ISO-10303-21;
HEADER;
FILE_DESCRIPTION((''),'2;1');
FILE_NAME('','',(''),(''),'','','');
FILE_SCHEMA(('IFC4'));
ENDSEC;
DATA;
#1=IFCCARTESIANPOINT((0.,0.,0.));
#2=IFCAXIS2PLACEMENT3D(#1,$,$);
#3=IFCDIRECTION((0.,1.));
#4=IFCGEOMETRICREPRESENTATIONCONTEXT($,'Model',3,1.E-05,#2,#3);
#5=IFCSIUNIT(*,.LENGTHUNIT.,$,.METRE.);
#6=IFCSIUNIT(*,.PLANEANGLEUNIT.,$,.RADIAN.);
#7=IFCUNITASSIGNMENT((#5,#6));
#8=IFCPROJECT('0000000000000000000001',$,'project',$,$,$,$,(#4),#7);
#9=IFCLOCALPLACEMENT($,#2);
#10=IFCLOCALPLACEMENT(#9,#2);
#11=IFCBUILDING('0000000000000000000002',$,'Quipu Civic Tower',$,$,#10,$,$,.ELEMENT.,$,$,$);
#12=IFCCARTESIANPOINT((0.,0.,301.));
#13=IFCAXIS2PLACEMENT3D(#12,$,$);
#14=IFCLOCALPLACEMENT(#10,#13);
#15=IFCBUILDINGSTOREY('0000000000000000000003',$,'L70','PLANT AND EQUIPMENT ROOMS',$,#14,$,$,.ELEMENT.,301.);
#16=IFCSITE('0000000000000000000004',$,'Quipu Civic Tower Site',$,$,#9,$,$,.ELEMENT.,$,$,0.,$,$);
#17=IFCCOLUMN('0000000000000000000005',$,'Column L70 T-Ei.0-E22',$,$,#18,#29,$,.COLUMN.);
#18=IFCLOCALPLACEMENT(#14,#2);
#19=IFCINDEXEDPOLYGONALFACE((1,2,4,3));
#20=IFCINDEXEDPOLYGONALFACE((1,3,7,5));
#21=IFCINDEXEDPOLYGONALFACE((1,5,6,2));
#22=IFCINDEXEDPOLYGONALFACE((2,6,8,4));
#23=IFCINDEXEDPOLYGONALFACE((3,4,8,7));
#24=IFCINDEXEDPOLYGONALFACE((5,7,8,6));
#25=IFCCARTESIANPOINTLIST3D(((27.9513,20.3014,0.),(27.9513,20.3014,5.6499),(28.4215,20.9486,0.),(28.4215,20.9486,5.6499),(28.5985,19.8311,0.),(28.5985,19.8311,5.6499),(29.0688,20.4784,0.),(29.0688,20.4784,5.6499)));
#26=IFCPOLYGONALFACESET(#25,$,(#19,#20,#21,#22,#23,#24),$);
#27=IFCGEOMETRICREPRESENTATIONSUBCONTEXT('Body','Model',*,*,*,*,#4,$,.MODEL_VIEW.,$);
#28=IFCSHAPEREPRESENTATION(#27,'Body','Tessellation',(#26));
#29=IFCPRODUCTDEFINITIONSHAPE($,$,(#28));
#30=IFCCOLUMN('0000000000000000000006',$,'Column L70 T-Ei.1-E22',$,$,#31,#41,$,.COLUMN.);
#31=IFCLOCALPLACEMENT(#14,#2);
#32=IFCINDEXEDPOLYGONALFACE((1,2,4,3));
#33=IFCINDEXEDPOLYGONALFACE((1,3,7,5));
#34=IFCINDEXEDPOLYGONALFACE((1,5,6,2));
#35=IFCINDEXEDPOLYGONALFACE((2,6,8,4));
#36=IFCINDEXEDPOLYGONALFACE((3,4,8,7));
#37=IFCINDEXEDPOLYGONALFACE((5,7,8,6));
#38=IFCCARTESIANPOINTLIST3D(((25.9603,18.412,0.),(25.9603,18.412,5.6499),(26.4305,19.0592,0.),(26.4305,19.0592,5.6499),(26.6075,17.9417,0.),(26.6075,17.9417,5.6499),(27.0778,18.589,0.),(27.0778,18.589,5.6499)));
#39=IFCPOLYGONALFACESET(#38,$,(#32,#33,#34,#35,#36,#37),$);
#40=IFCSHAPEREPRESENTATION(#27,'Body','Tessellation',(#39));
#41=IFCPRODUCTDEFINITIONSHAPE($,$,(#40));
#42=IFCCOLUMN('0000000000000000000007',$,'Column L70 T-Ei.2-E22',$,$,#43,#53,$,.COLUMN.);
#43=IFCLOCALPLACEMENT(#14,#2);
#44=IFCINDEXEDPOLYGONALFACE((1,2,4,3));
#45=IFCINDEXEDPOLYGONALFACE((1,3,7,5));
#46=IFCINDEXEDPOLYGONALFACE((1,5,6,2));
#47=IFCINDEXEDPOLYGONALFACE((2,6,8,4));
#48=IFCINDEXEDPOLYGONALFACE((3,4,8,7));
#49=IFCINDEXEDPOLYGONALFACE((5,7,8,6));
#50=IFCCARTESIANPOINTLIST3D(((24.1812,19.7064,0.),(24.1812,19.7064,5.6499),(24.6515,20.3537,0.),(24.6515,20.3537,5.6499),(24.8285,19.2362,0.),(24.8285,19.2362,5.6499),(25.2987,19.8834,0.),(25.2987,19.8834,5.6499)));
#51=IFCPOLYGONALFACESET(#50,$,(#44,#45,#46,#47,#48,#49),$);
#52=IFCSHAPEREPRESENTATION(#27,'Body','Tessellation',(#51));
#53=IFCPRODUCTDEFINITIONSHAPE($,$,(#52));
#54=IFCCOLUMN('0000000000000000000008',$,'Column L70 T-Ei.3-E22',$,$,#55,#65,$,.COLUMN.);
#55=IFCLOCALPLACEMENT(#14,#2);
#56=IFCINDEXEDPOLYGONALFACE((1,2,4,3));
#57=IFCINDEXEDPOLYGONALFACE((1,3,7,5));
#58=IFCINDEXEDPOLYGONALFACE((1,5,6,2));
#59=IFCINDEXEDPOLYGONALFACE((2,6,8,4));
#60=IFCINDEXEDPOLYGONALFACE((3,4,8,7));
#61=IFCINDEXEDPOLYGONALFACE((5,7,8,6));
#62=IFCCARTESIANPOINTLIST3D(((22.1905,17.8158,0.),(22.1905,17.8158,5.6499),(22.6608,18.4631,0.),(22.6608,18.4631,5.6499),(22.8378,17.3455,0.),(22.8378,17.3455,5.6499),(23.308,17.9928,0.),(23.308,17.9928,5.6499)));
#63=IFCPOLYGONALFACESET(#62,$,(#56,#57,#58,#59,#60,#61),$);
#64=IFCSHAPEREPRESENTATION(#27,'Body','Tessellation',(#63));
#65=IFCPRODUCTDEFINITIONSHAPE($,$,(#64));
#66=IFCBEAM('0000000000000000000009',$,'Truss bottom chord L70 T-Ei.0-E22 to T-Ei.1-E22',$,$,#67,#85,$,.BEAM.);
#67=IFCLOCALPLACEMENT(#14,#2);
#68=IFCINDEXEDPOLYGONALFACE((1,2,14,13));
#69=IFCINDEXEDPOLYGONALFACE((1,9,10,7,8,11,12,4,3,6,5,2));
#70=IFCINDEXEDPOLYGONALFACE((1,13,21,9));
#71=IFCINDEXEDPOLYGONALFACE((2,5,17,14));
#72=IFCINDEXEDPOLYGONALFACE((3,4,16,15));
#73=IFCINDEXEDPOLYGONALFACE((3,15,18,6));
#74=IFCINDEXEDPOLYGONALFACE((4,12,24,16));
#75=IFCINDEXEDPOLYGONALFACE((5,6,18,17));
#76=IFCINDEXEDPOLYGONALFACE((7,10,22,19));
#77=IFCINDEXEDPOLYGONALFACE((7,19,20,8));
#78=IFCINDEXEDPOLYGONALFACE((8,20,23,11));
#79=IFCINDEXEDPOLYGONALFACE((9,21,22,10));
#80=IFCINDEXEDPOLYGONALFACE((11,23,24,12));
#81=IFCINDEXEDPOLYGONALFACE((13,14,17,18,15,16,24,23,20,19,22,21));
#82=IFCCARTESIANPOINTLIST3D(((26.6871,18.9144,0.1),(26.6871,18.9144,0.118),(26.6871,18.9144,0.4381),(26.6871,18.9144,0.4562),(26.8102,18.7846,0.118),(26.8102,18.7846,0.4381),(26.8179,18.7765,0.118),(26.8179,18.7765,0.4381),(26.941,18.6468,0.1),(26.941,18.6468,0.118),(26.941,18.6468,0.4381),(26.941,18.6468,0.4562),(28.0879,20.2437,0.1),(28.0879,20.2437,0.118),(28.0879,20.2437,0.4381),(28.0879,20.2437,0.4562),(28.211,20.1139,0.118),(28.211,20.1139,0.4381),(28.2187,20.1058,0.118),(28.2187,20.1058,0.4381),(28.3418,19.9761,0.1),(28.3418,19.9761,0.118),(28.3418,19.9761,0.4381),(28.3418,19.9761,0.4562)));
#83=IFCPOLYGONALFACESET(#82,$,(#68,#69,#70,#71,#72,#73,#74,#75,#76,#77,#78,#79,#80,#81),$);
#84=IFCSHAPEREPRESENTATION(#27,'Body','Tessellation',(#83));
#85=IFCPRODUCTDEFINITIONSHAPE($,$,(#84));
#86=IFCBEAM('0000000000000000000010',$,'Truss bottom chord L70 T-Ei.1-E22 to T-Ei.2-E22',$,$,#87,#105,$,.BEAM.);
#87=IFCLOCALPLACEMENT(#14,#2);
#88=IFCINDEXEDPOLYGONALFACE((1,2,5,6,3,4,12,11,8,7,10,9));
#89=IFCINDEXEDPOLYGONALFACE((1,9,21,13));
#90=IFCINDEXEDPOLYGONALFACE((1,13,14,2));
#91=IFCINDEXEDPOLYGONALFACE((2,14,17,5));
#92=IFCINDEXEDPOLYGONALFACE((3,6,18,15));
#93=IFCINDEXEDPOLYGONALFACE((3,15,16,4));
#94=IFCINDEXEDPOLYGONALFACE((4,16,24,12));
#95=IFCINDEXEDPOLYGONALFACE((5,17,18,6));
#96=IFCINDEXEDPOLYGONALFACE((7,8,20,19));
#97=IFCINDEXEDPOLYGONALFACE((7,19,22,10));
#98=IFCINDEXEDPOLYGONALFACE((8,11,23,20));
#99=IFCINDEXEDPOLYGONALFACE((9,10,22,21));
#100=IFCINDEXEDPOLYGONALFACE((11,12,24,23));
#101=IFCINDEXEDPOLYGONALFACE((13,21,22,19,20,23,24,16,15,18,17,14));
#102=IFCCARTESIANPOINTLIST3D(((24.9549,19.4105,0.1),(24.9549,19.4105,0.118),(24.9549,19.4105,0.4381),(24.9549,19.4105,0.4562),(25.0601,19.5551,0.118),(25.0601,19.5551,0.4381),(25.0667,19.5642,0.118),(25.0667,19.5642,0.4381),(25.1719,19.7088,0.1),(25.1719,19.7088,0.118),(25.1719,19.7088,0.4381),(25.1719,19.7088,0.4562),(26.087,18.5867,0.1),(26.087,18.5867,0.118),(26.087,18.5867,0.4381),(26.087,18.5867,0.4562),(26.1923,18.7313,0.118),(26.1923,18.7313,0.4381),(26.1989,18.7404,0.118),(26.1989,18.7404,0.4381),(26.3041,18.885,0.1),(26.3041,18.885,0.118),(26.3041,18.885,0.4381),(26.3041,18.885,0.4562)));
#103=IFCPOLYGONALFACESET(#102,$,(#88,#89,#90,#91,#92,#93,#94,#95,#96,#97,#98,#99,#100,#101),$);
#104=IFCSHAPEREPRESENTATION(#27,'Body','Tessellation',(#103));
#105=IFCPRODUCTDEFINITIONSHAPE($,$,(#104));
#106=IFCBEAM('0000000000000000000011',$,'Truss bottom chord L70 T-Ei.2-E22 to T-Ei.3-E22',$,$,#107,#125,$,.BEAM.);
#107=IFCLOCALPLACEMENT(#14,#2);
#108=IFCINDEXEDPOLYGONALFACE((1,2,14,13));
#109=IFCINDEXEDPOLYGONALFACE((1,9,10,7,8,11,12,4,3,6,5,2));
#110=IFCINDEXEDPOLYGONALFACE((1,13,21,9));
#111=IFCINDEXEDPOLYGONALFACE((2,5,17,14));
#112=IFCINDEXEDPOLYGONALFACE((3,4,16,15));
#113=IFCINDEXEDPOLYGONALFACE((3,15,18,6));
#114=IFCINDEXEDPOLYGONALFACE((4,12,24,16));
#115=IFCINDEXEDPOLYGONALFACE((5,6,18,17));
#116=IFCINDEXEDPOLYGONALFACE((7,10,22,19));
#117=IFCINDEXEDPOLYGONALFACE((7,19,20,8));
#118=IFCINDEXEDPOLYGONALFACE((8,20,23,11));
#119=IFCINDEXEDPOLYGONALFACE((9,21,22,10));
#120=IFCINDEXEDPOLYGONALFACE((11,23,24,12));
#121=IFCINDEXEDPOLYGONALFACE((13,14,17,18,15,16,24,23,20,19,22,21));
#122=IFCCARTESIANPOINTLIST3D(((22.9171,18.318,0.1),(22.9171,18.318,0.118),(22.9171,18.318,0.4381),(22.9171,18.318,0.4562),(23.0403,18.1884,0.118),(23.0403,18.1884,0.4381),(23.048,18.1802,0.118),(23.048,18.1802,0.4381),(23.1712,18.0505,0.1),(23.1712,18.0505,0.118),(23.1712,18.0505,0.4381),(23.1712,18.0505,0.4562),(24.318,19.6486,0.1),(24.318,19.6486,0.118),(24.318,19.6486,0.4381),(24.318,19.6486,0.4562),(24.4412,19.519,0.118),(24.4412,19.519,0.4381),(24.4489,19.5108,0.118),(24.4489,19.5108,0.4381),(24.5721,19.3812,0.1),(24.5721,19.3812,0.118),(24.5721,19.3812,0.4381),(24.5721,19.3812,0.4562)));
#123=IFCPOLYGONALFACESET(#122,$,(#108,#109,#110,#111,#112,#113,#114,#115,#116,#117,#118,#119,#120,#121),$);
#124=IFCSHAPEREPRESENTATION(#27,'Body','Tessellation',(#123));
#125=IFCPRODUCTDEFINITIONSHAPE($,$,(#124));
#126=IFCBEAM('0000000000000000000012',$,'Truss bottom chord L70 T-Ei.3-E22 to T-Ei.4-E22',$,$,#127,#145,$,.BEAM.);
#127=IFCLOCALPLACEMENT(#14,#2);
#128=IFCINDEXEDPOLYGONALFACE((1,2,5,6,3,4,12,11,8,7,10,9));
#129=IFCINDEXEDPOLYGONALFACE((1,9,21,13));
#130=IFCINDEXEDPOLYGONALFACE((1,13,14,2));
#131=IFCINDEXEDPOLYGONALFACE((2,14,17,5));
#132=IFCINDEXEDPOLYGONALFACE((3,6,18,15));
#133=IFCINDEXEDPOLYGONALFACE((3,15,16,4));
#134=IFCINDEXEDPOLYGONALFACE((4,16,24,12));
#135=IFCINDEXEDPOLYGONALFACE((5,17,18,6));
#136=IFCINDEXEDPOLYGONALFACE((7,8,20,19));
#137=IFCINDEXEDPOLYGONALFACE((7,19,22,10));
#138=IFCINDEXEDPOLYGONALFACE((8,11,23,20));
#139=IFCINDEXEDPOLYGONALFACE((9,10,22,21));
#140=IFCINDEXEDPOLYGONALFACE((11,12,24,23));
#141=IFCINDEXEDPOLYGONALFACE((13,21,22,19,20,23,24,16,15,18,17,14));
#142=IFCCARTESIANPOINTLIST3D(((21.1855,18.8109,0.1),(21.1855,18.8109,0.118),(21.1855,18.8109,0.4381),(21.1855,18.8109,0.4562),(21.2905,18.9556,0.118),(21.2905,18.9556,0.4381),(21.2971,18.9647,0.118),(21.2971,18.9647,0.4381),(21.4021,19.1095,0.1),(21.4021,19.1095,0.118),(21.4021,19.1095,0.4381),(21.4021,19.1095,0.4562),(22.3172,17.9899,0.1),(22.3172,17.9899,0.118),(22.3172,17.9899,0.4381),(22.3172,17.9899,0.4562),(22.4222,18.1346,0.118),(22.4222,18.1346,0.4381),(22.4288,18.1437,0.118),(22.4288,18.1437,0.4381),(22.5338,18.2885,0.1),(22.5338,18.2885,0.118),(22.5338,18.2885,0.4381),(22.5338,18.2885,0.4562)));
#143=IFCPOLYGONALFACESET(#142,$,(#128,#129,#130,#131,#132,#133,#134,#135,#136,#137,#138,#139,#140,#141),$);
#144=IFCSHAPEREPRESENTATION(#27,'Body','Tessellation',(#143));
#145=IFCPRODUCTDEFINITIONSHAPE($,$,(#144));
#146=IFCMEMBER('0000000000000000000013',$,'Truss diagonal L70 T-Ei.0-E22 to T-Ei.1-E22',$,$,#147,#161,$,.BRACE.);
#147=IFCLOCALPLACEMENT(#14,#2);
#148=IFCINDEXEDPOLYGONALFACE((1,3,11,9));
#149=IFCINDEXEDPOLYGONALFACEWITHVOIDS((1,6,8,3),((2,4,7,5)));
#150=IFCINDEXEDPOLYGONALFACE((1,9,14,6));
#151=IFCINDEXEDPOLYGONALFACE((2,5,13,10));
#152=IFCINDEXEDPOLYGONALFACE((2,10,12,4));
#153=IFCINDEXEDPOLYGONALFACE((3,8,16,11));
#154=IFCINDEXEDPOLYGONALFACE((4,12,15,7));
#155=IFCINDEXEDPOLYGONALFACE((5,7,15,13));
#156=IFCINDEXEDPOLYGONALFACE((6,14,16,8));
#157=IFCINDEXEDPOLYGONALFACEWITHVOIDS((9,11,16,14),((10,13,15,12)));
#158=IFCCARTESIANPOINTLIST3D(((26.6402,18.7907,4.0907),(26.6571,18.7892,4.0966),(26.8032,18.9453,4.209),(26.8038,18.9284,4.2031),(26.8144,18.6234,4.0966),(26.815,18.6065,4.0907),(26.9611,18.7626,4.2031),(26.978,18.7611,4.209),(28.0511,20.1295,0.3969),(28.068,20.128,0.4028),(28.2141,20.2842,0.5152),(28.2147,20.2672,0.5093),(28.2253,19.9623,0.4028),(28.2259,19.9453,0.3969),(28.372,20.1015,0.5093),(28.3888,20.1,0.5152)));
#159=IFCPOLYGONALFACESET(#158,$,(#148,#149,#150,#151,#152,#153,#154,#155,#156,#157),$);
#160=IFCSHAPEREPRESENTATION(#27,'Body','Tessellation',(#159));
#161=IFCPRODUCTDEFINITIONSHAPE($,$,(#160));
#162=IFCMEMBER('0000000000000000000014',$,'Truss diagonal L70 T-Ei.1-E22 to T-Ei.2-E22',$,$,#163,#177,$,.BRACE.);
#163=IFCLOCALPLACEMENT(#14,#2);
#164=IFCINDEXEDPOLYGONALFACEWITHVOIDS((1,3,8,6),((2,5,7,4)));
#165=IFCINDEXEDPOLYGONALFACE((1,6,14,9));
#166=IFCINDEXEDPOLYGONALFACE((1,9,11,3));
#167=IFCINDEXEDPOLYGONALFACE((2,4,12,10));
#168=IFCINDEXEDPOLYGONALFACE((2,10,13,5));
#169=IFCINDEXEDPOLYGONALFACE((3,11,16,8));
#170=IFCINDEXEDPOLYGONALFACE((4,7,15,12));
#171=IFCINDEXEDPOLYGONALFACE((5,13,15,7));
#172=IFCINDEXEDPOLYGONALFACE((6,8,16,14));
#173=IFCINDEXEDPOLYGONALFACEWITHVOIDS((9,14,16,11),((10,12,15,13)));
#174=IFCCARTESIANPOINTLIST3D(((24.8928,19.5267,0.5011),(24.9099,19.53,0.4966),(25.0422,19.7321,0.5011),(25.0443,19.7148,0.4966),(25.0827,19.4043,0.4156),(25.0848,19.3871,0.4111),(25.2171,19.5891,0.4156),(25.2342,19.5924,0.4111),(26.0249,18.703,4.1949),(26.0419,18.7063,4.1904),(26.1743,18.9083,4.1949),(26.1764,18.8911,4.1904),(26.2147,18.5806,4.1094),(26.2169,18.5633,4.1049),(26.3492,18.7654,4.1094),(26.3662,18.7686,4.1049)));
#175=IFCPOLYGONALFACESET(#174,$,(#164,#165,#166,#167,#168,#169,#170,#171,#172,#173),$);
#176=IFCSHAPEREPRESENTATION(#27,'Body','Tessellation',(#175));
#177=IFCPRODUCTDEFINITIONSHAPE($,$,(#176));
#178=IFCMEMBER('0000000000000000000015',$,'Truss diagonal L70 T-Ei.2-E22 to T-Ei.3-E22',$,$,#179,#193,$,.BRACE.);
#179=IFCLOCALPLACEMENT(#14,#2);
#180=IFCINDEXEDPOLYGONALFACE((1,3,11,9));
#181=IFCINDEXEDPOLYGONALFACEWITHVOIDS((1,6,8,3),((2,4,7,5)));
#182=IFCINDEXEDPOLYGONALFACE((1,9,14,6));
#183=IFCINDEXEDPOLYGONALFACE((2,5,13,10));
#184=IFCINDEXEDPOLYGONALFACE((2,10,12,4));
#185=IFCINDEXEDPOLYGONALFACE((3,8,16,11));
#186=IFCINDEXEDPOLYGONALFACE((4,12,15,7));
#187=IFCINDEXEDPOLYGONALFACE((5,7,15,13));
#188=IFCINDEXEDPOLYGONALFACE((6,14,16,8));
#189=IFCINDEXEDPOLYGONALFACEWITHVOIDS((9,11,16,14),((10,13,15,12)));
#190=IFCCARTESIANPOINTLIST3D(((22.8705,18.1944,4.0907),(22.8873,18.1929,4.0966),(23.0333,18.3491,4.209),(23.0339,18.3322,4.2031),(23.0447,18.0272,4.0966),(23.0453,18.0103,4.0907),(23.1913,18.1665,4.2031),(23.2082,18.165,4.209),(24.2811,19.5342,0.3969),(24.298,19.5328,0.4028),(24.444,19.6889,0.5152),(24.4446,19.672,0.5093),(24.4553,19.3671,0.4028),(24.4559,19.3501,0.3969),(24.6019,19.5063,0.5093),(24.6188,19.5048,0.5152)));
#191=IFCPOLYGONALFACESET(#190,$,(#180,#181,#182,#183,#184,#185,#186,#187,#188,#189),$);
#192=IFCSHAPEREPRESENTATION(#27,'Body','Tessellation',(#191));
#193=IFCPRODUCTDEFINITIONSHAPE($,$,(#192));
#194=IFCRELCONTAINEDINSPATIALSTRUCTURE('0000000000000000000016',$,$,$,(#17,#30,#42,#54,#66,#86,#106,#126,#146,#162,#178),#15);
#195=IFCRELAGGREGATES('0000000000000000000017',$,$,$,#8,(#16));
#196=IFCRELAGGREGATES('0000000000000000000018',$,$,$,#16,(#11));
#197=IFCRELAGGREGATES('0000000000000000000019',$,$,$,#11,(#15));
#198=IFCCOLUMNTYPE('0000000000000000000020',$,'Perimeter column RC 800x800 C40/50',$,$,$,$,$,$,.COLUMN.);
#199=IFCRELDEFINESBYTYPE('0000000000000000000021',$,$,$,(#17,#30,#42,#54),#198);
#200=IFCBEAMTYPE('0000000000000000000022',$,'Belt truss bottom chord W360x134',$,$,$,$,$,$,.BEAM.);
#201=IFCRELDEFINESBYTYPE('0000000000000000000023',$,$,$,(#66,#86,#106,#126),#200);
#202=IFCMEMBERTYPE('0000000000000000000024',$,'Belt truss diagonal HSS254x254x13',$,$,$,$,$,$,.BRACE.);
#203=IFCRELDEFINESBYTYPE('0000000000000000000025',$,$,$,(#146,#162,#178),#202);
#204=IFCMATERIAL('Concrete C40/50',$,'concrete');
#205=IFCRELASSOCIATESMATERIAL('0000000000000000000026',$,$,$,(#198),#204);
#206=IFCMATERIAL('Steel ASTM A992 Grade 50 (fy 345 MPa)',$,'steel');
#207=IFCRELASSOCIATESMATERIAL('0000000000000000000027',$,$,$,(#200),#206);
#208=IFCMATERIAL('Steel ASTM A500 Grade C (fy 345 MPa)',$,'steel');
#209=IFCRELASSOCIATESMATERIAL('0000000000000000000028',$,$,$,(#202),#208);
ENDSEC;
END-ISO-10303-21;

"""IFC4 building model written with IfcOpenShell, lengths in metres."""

from ifc_helpers import new_model, si_unit, direction, frame, origin, origin_2d, place, context, subcontext, project, spatial, rectangle, hollow_rectangle, i_section, extrude, material, material_profile, profile_set, type_object, element, save


model = new_model("IFC4")

# Units and contexts
model_context = context("Model", 3, precision=1e-05, world=origin(), true_north=direction((0.0, 1.0)))
body_context = subcontext(model_context, "Body", "Model", "MODEL_VIEW")
ifc_project = project(units=[si_unit("LENGTHUNIT", "METRE"), si_unit("PLANEANGLEUNIT", "RADIAN")], contexts=[model_context])

# Site, building, storey
site_placement = place(None, origin())
site = spatial("IfcSite", under=ifc_project, at=site_placement, Name="Quipu Civic Tower Site", CompositionType="ELEMENT", RefElevation=0.0)
building_placement = place(site_placement, origin())
building = spatial("IfcBuilding", under=site, at=building_placement, Name="Quipu Civic Tower", CompositionType="ELEMENT")
storey_placement = place(building_placement, frame((0.0, 0.0, 301.0)))
storey = spatial("IfcBuildingStorey", under=building, at=storey_placement, Name="L70", Description="PLANT AND EQUIPMENT ROOMS", CompositionType="ELEMENT", Elevation=301.0)

# Columns
ifc_material_1 = material(Name="Concrete C40/50", Category="concrete")
ifc_material_profile_1 = material_profile(ifc_material_1, rectangle(XDim=0.8, YDim=0.8, at=origin_2d()), Name="RC800x800")
ifc_profile_set_1 = profile_set([ifc_material_profile_1], Name="Concrete C40/50")
column_type = type_object("IfcColumnType", Name="Perimeter column RC 800x800 C40/50", PredefinedType="COLUMN", material=ifc_profile_set_1)
for number, where, z_axis, x_axis, name in (
    (1, (28.51, 20.3899, 0.0), (0.0, 0.0, 1.0), (-0.587785, -0.809017, 0.0), "Column L70 T-Ei.0-E22"),
    (2, (26.519, 18.5005, 0.0), (0.0, 0.0, 1.0), (-0.809017, 0.587785, 0.0), "Column L70 T-Ei.1-E22"),
    (3, (24.74, 19.7949, 0.0), (0.0, 0.0, 1.0), (-0.587785, -0.809017, 0.0), "Column L70 T-Ei.2-E22"),
    (4, (22.7493, 17.9043, 0.0), (0.0, 0.0, 1.0), (-0.587785, -0.809017, 0.0), "Column L70 T-Ei.3-E22"),
):
    element("IfcColumn", number, at=place(storey_placement, frame(where, z_axis=z_axis, x_axis=x_axis)), inside=storey, type_object=column_type, Name=name, PredefinedType="COLUMN", context=body_context, shape_type="SweptSolid", body=[
        extrude(rectangle(XDim=0.8, YDim=0.8, at=origin_2d()), origin(), (0.0, 0.0, 1.0), 5.6499),
    ])

# Beams
ifc_material_2 = material(Name="Steel ASTM A992 Grade 50 (fy 345 MPa)", Category="steel")
ifc_material_profile_2 = material_profile(ifc_material_2, i_section(OverallWidth=0.3689, OverallDepth=0.3562, WebThickness=0.0112, FlangeThickness=0.0181, at=origin_2d()), Name="W360x134")
ifc_profile_set_2 = profile_set([ifc_material_profile_2], Name="Steel ASTM A992 Grade 50 (fy 345 MPa)")
beam_type_1 = type_object("IfcBeamType", Name="Belt truss bottom chord W360x134", PredefinedType="BEAM", material=ifc_profile_set_2)
beam_1_placement = place(storey_placement, frame((28.2148, 20.1099, 0.2781), z_axis=(-0.725384, -0.688344, 0.0), x_axis=(0.688344, -0.725384, 0.0)))
element("IfcBeam", 5, at=beam_1_placement, inside=storey, type_object=beam_type_1, Name="Truss bottom chord L70 T-Ei.0-E22 to T-Ei.1-E22", PredefinedType="BEAM", context=body_context, shape_type="SweptSolid", body=[
    extrude(i_section(OverallWidth=0.3689, OverallDepth=0.3562, WebThickness=0.0112, FlangeThickness=0.0181, at=origin_2d()), origin(), (0.0, 0.0, 1.0), 1.9312),
])
beam_2_placement = place(storey_placement, frame((26.1956, 18.7358, 0.2781), z_axis=(-0.8086, 0.588358, 0.0), x_axis=(-0.588358, -0.8086, 0.0)))
element("IfcBeam", 6, at=beam_2_placement, inside=storey, type_object=beam_type_1, Name="Truss bottom chord L70 T-Ei.1-E22 to T-Ei.2-E22", PredefinedType="BEAM", context=body_context, shape_type="SweptSolid", body=[
    extrude(i_section(OverallWidth=0.3689, OverallDepth=0.3562, WebThickness=0.0112, FlangeThickness=0.0181, at=origin_2d()), origin(), (0.0, 0.0, 1.0), 1.4001),
])
beam_3_placement = place(storey_placement, frame((24.4451, 19.5149, 0.2781), z_axis=(-0.725069, -0.688676, 0.0), x_axis=(0.688676, -0.725069, 0.0)))
element("IfcBeam", 7, at=beam_3_placement, inside=storey, type_object=beam_type_1, Name="Truss bottom chord L70 T-Ei.2-E22 to T-Ei.3-E22", PredefinedType="BEAM", context=body_context, shape_type="SweptSolid", body=[
    extrude(i_section(OverallWidth=0.3689, OverallDepth=0.3562, WebThickness=0.0112, FlangeThickness=0.0181, at=origin_2d()), origin(), (0.0, 0.0, 1.0), 1.9321),
])
beam_4_placement = place(storey_placement, frame((22.4255, 18.1392, 0.2781), z_axis=(-0.809453, 0.587185, 0.0), x_axis=(-0.587185, -0.809453, 0.0)))
element("IfcBeam", 8, at=beam_4_placement, inside=storey, type_object=beam_type_1, Name="Truss bottom chord L70 T-Ei.3-E22 to T-Ei.4-E22", PredefinedType="BEAM", context=body_context, shape_type="SweptSolid", body=[
    extrude(i_section(OverallWidth=0.3689, OverallDepth=0.3562, WebThickness=0.0112, FlangeThickness=0.0181, at=origin_2d()), origin(), (0.0, 0.0, 1.0), 1.3982),
])

# Members
ifc_material_3 = material(Name="Steel ASTM A500 Grade C (fy 345 MPa)", Category="steel")
ifc_material_profile_3 = material_profile(ifc_material_3, hollow_rectangle(XDim=0.2539, YDim=0.2539, WallThickness=0.0127, at=origin_2d()), Name="HSS254x254x13")
ifc_profile_set_3 = profile_set([ifc_material_profile_3], Name="Steel ASTM A500 Grade C (fy 345 MPa)")
member_type = type_object("IfcMemberType", Name="Belt truss diagonal HSS254x254x13", PredefinedType="BRACE", material=ifc_profile_set_3)
member_1_placement = place(storey_placement, frame((28.22, 20.1147, 0.4561), z_axis=(-0.337966, -0.320714, 0.884829), x_axis=(0.68835, -0.725379, 0.0)))
element("IfcMember", 9, at=member_1_placement, inside=storey, type_object=member_type, Name="Truss diagonal L70 T-Ei.0-E22 to T-Ei.1-E22", PredefinedType="BRACE", context=body_context, shape_type="SweptSolid", body=[
    extrude(hollow_rectangle(XDim=0.2539, YDim=0.2539, WallThickness=0.0127, at=origin_2d()), origin(), (0.0, 0.0, 1.0), 4.1746),
])
member_2_placement = place(storey_placement, frame((26.1956, 18.7358, 4.1499), z_axis=(-0.286583, 0.208525, -0.935087), x_axis=(-0.588358, -0.8086, 0.0)))
element("IfcMember", 10, at=member_2_placement, inside=storey, type_object=member_type, Name="Truss diagonal L70 T-Ei.1-E22 to T-Ei.2-E22", PredefinedType="BRACE", context=body_context, shape_type="SweptSolid", body=[
    extrude(hollow_rectangle(XDim=0.2539, YDim=0.2539, WallThickness=0.0127, at=origin_2d()), origin(), (0.0, 0.0, 1.0), 3.9502),
])
member_3_placement = place(storey_placement, frame((24.45, 19.5195, 0.4561), z_axis=(-0.337889, -0.32093, 0.88478), x_axis=(0.688677, -0.725068, 0.0)))
element("IfcMember", 11, at=member_3_placement, inside=storey, type_object=member_type, Name="Truss diagonal L70 T-Ei.2-E22 to T-Ei.3-E22", PredefinedType="BRACE", context=body_context, shape_type="SweptSolid", body=[
    extrude(hollow_rectangle(XDim=0.2539, YDim=0.2539, WallThickness=0.0127, at=origin_2d()), origin(), (0.0, 0.0, 1.0), 4.1748),
])

save(model, "model.ifc")
